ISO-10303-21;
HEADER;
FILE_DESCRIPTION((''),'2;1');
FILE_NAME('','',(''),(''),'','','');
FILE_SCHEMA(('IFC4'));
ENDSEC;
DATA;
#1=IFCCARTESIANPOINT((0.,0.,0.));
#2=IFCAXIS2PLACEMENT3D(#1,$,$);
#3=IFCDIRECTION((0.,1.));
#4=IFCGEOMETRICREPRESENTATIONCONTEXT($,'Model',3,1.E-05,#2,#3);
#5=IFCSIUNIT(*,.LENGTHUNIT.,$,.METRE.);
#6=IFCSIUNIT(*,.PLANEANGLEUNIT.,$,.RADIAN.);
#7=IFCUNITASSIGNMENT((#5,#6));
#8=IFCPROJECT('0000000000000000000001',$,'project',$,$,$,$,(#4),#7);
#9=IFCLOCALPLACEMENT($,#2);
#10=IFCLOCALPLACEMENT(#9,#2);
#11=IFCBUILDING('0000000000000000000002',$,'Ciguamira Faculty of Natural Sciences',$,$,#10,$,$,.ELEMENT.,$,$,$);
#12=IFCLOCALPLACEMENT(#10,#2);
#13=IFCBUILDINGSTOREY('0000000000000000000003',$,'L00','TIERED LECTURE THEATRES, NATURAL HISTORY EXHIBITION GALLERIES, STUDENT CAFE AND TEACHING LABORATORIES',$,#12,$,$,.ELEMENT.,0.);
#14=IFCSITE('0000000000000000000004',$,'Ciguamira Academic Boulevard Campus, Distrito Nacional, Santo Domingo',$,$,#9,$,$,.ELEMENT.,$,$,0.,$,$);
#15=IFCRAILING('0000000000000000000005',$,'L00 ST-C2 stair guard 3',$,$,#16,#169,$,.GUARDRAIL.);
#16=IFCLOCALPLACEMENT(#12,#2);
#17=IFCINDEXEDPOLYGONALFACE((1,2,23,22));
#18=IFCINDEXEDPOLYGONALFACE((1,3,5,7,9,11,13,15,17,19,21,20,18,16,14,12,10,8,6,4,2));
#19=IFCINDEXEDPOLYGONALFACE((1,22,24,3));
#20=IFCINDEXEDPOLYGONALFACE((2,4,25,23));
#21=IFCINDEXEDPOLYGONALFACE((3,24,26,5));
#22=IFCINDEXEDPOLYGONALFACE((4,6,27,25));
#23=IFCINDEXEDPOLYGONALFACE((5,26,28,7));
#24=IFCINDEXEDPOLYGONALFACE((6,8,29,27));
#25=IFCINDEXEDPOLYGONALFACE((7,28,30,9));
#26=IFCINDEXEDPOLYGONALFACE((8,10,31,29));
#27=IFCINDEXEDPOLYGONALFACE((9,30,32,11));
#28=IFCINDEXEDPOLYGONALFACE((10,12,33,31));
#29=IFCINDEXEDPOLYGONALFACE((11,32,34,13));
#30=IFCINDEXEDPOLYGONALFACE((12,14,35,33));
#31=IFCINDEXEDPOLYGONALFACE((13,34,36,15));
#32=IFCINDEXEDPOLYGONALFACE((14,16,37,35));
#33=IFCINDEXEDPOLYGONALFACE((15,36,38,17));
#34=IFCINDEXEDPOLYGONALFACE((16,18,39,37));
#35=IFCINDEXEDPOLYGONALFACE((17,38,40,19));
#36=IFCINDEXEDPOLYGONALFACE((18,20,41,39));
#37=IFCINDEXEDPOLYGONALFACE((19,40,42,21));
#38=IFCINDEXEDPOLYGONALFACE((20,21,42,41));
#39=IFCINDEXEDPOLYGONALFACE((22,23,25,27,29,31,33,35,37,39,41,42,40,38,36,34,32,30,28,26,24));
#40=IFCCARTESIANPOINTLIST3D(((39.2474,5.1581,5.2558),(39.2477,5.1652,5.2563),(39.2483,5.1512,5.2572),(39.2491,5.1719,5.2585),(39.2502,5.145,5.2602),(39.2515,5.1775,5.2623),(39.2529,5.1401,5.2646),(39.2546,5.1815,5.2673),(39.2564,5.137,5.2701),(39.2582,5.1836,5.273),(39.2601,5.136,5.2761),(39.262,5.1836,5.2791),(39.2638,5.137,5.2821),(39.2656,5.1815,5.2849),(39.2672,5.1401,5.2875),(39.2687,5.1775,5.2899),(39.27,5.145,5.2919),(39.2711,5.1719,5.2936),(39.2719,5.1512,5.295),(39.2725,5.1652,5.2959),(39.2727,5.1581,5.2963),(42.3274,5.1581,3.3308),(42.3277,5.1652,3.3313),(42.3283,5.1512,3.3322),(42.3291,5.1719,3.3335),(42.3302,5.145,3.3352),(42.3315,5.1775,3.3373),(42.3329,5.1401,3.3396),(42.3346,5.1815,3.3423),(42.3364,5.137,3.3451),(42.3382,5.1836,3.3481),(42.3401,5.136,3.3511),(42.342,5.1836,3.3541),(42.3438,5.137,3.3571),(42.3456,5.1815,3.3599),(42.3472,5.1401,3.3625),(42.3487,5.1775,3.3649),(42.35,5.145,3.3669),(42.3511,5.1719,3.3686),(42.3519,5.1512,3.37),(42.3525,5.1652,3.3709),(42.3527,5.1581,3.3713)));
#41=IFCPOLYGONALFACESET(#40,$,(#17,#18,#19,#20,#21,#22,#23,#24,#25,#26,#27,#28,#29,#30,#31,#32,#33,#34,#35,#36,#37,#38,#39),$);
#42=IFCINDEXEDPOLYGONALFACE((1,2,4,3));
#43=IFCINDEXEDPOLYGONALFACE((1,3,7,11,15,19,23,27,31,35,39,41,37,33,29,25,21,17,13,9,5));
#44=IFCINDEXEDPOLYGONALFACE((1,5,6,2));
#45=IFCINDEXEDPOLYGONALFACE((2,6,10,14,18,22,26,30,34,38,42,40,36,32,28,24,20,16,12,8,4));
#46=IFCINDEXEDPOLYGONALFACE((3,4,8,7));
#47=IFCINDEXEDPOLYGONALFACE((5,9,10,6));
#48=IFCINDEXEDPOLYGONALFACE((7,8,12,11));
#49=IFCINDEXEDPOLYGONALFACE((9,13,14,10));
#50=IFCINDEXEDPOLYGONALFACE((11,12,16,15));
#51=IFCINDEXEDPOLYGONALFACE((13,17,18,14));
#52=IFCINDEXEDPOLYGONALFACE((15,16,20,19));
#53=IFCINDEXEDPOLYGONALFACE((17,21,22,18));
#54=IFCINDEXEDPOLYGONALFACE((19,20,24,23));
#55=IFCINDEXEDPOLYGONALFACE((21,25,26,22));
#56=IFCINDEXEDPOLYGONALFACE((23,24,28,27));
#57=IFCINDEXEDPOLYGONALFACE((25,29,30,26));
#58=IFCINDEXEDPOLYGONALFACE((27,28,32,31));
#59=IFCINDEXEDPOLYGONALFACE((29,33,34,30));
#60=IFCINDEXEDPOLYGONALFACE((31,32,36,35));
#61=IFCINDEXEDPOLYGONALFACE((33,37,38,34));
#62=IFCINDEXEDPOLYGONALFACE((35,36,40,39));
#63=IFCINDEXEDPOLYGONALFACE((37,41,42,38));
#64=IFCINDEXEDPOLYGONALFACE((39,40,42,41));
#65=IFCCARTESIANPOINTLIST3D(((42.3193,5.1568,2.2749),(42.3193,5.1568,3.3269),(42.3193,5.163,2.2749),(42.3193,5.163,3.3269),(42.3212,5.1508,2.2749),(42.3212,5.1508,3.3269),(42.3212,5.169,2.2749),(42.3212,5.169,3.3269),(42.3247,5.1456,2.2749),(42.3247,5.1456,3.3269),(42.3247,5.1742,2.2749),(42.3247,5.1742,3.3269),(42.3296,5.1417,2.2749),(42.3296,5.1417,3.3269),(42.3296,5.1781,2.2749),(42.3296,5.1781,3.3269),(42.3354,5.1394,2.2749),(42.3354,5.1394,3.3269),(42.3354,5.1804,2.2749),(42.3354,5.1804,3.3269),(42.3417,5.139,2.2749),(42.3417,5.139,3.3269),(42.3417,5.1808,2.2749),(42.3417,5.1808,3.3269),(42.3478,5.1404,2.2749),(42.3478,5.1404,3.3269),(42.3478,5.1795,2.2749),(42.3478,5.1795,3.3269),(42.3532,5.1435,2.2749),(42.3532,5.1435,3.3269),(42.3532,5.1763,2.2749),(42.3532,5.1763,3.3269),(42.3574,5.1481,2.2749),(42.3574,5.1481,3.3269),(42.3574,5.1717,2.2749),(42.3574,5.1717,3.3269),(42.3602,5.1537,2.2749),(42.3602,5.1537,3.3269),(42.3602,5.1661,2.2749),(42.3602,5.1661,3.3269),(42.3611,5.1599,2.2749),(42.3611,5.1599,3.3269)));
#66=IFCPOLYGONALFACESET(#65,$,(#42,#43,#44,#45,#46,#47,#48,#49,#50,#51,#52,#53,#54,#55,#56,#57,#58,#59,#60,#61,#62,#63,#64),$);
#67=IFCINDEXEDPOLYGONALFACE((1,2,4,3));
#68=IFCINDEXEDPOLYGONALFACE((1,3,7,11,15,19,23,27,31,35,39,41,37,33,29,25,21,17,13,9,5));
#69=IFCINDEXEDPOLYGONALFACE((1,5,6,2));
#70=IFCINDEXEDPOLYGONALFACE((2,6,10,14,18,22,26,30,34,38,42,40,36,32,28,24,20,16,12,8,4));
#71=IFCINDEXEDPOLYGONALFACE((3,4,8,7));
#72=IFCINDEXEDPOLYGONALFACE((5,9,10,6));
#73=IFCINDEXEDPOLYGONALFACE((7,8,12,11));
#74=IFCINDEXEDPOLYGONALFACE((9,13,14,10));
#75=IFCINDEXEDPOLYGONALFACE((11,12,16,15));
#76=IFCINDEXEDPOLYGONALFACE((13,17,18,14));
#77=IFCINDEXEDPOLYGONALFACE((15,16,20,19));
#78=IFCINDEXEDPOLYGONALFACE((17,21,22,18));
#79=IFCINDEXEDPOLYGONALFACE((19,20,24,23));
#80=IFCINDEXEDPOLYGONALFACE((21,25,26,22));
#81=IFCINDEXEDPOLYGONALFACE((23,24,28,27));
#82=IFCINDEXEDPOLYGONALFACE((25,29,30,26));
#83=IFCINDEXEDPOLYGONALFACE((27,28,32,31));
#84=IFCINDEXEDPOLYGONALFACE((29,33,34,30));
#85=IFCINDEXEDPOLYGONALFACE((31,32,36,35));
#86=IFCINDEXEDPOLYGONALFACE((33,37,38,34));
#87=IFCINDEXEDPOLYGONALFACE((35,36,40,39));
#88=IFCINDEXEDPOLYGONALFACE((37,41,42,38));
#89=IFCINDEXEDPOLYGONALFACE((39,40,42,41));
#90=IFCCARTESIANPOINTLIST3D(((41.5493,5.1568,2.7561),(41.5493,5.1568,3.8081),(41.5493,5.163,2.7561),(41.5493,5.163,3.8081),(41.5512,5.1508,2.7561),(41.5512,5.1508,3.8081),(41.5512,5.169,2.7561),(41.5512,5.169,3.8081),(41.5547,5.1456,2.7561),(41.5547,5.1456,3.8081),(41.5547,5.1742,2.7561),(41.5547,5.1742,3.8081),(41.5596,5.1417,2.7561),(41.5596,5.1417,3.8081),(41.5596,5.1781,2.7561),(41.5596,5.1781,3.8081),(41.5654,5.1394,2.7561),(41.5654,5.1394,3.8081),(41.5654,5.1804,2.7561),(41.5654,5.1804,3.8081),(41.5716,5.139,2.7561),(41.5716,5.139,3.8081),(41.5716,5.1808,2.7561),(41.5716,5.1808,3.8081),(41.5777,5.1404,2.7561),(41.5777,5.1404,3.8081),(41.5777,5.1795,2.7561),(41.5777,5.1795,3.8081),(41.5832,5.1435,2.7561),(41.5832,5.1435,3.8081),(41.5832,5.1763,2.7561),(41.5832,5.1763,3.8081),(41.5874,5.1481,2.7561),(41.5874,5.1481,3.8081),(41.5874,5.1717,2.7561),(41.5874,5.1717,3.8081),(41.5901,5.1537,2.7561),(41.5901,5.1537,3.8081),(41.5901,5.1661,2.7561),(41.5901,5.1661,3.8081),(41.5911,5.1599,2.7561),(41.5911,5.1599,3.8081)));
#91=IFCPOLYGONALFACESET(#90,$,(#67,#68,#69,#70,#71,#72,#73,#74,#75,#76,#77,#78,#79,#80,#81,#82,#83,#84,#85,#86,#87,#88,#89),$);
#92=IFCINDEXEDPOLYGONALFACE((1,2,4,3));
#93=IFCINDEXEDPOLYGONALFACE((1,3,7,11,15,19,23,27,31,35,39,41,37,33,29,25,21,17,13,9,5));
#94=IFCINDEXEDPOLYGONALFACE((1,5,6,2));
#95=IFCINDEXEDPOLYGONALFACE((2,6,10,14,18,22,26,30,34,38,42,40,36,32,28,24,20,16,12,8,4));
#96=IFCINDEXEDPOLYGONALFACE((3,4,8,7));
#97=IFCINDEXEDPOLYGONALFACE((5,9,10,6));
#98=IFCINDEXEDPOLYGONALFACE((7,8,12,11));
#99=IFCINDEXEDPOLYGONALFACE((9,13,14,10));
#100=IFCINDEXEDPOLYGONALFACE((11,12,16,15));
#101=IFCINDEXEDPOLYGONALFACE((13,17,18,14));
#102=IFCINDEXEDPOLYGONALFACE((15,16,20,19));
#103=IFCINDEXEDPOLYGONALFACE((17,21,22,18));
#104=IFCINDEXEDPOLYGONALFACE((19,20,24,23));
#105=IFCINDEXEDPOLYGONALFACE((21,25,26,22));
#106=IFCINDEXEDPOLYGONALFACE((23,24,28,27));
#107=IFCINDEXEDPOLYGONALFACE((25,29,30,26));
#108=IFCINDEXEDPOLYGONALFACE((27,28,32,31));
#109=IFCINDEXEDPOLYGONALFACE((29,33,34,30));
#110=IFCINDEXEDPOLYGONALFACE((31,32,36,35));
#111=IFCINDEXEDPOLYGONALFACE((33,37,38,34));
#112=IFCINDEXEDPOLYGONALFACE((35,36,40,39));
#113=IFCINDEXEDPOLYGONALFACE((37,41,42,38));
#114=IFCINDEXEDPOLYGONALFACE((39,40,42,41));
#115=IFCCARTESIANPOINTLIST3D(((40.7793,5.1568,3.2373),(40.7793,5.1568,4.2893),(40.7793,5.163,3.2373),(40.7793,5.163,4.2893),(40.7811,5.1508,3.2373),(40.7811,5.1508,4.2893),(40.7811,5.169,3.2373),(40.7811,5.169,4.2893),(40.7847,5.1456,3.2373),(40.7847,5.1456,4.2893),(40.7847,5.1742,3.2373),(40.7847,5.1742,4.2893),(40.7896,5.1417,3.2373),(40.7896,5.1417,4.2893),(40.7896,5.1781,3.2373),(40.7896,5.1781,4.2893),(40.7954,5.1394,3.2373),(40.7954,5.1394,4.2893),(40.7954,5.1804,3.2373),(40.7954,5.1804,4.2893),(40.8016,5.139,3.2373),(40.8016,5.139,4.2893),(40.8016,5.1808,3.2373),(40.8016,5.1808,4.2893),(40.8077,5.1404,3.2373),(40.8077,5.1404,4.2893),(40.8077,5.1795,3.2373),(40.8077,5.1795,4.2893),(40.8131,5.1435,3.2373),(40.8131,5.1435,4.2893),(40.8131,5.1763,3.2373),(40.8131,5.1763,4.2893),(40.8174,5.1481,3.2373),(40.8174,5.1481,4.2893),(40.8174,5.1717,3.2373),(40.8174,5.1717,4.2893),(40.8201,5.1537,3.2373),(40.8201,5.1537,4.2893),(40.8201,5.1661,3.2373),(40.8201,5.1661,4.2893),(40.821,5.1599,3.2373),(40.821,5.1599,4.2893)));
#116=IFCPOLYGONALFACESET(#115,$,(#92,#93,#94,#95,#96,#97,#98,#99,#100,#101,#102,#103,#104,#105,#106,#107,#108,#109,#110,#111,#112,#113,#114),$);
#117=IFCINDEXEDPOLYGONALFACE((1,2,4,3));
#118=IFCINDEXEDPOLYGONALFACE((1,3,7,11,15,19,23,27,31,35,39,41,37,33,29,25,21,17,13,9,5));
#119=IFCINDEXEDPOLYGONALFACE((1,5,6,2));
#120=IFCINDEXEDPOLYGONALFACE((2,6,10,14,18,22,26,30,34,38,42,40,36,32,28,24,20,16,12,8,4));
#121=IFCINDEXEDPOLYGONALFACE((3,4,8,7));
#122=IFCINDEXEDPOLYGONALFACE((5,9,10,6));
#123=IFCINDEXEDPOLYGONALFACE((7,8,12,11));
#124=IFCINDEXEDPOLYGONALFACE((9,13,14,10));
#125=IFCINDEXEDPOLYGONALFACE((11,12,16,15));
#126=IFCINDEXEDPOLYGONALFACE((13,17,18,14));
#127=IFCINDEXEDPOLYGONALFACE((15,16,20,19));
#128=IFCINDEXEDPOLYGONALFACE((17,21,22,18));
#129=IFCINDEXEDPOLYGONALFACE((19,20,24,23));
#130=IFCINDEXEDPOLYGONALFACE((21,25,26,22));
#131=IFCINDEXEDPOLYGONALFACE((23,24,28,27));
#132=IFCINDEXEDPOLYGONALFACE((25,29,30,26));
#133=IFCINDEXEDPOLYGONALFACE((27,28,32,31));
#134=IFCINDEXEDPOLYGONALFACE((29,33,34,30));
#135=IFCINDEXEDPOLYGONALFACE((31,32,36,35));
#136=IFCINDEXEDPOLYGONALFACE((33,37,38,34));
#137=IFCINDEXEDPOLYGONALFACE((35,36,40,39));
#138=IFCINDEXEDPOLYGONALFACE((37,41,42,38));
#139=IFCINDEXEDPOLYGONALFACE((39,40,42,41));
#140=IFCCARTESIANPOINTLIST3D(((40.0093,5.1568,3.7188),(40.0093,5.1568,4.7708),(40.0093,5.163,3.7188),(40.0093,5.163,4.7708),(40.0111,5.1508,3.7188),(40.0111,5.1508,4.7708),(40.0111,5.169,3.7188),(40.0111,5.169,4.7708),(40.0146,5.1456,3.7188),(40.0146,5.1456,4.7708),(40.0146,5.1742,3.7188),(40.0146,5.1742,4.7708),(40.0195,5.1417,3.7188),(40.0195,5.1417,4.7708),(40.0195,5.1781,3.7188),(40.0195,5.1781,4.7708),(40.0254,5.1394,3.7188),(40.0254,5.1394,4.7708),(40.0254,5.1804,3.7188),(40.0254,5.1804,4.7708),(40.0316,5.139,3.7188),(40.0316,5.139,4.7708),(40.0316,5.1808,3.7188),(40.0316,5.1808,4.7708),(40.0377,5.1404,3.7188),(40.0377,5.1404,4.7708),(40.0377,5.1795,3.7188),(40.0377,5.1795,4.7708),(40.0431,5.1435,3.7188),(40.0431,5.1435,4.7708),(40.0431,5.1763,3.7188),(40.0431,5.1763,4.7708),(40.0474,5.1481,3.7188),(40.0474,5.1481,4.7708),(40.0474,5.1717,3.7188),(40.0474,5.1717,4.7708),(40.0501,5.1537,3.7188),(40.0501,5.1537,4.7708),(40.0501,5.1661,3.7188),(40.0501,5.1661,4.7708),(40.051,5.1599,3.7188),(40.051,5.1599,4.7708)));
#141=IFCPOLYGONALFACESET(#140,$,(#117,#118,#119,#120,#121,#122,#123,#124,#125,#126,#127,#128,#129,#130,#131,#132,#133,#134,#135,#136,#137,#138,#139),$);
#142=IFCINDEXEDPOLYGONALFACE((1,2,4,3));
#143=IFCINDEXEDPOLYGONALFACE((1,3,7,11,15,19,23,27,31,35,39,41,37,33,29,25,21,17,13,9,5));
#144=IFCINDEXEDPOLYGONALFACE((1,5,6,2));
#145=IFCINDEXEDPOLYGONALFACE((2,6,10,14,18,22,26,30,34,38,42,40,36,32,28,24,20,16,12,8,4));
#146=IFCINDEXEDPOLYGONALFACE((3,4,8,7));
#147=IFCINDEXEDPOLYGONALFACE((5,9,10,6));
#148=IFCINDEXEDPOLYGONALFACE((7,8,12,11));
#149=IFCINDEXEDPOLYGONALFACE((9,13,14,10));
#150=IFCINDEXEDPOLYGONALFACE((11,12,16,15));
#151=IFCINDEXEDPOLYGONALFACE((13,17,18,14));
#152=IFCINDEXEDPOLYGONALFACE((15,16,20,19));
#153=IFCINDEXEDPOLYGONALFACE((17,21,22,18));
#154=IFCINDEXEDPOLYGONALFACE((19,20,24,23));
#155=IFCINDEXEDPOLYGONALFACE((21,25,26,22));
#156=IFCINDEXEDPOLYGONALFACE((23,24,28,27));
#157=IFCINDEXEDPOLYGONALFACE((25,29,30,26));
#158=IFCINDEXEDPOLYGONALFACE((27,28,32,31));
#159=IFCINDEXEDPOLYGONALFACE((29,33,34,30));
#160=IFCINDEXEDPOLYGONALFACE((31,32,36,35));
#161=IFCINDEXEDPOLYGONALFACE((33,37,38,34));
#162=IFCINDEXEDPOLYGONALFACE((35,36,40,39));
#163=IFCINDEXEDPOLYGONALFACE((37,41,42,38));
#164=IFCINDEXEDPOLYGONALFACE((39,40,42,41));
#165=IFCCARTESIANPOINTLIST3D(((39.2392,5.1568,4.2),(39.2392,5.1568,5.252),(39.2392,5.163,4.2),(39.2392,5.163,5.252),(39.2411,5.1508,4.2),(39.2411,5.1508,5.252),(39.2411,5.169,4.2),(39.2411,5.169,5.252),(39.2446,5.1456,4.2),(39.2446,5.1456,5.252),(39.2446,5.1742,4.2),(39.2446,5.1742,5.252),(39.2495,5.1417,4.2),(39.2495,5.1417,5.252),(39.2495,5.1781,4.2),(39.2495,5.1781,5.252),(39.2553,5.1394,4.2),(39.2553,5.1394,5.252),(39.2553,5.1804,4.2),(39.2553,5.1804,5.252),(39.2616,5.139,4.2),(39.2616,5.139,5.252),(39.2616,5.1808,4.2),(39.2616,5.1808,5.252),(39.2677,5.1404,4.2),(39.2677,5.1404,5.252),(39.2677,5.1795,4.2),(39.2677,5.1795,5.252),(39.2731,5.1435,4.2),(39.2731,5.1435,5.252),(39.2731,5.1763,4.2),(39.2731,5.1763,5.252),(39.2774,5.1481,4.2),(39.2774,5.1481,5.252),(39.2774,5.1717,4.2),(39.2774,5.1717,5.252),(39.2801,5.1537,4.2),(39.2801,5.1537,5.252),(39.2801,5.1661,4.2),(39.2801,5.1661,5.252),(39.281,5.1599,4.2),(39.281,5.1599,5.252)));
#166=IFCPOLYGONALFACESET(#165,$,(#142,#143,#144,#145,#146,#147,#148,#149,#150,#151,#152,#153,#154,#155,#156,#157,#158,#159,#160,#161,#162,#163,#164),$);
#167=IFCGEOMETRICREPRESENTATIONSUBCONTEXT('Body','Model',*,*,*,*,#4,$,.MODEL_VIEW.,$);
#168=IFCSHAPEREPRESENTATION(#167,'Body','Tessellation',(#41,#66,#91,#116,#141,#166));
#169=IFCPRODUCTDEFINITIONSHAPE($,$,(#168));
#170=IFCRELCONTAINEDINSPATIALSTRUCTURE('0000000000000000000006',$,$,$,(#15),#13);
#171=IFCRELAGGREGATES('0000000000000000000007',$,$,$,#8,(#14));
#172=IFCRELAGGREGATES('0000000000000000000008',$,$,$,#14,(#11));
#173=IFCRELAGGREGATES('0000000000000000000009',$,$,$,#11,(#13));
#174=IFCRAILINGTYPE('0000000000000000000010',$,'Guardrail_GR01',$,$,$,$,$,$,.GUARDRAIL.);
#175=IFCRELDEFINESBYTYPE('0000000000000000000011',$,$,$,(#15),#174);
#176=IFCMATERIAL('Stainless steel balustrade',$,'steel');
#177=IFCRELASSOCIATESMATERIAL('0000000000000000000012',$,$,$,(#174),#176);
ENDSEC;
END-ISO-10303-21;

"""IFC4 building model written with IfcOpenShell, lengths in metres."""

from ifc_helpers import new_model, si_unit, direction, frame, origin, origin_2d, place, context, subcontext, project, spatial, circle, extrude, material, type_object, element, save


model = new_model("IFC4")

# Units and contexts
model_context = context("Model", 3, precision=1e-05, world=origin(), true_north=direction((0.0, 1.0)))
body_context = subcontext(model_context, "Body", "Model", "MODEL_VIEW")
ifc_project = project(units=[si_unit("LENGTHUNIT", "METRE"), si_unit("PLANEANGLEUNIT", "RADIAN")], contexts=[model_context])

# Site, building, storey
site_placement = place(None, origin())
site = spatial("IfcSite", under=ifc_project, at=site_placement, Name="Ciguamira Academic Boulevard Campus, Distrito Nacional, Santo Domingo", CompositionType="ELEMENT", RefElevation=0.0)
building_placement = place(site_placement, origin())
building = spatial("IfcBuilding", under=site, at=building_placement, Name="Ciguamira Faculty of Natural Sciences", CompositionType="ELEMENT")
storey_placement = place(building_placement, origin())
storey = spatial("IfcBuildingStorey", under=building, at=storey_placement, Name="L00", Description="TIERED LECTURE THEATRES, NATURAL HISTORY EXHIBITION GALLERIES, STUDENT CAFE AND TEACHING LABORATORIES", CompositionType="ELEMENT", Elevation=0.0)

# Railing
ifc_material_1 = material(Name="Stainless steel balustrade", Category="steel")
railing_type_1 = type_object("IfcRailingType", Name="Guardrail_GR01", PredefinedType="GUARDRAIL", material=ifc_material_1)
railing_1_placement = place(storey_placement, frame((42.3401, 5.1599, 2.2749)))
element("IfcRailing", 1, at=railing_1_placement, inside=storey, type_object=railing_type_1, Name="L00 ST-C2 stair guard 3", PredefinedType="GUARDRAIL", context=body_context, shape_type="SweptSolid", body=[
    extrude(circle(Radius=0.0239, at=origin_2d()), frame((0.0, 0.0, 1.0762), z_axis=(-0.847998, 0.0, 0.529999), x_axis=(0.0, -1.0, 0.0)), (0.0, 0.0, 1.0), 3.6321),
    extrude(circle(Radius=0.021, at=origin_2d()), origin(), (0.0, 0.0, 1.0), 1.052),
    extrude(circle(Radius=0.021, at=origin_2d()), frame((-0.77, 0.0, 0.4812)), (0.0, 0.0, 1.0), 1.052),
    extrude(circle(Radius=0.021, at=origin_2d()), frame((-1.54, 0.0, 0.9624)), (0.0, 0.0, 1.0), 1.052),
    extrude(circle(Radius=0.021, at=origin_2d()), frame((-2.3101, 0.0, 1.4438)), (0.0, 0.0, 1.0), 1.052),
    extrude(circle(Radius=0.021, at=origin_2d()), frame((-3.0801, 0.0, 1.925)), (0.0, 0.0, 1.0), 1.052),
])

save(model, "model.ifc")
